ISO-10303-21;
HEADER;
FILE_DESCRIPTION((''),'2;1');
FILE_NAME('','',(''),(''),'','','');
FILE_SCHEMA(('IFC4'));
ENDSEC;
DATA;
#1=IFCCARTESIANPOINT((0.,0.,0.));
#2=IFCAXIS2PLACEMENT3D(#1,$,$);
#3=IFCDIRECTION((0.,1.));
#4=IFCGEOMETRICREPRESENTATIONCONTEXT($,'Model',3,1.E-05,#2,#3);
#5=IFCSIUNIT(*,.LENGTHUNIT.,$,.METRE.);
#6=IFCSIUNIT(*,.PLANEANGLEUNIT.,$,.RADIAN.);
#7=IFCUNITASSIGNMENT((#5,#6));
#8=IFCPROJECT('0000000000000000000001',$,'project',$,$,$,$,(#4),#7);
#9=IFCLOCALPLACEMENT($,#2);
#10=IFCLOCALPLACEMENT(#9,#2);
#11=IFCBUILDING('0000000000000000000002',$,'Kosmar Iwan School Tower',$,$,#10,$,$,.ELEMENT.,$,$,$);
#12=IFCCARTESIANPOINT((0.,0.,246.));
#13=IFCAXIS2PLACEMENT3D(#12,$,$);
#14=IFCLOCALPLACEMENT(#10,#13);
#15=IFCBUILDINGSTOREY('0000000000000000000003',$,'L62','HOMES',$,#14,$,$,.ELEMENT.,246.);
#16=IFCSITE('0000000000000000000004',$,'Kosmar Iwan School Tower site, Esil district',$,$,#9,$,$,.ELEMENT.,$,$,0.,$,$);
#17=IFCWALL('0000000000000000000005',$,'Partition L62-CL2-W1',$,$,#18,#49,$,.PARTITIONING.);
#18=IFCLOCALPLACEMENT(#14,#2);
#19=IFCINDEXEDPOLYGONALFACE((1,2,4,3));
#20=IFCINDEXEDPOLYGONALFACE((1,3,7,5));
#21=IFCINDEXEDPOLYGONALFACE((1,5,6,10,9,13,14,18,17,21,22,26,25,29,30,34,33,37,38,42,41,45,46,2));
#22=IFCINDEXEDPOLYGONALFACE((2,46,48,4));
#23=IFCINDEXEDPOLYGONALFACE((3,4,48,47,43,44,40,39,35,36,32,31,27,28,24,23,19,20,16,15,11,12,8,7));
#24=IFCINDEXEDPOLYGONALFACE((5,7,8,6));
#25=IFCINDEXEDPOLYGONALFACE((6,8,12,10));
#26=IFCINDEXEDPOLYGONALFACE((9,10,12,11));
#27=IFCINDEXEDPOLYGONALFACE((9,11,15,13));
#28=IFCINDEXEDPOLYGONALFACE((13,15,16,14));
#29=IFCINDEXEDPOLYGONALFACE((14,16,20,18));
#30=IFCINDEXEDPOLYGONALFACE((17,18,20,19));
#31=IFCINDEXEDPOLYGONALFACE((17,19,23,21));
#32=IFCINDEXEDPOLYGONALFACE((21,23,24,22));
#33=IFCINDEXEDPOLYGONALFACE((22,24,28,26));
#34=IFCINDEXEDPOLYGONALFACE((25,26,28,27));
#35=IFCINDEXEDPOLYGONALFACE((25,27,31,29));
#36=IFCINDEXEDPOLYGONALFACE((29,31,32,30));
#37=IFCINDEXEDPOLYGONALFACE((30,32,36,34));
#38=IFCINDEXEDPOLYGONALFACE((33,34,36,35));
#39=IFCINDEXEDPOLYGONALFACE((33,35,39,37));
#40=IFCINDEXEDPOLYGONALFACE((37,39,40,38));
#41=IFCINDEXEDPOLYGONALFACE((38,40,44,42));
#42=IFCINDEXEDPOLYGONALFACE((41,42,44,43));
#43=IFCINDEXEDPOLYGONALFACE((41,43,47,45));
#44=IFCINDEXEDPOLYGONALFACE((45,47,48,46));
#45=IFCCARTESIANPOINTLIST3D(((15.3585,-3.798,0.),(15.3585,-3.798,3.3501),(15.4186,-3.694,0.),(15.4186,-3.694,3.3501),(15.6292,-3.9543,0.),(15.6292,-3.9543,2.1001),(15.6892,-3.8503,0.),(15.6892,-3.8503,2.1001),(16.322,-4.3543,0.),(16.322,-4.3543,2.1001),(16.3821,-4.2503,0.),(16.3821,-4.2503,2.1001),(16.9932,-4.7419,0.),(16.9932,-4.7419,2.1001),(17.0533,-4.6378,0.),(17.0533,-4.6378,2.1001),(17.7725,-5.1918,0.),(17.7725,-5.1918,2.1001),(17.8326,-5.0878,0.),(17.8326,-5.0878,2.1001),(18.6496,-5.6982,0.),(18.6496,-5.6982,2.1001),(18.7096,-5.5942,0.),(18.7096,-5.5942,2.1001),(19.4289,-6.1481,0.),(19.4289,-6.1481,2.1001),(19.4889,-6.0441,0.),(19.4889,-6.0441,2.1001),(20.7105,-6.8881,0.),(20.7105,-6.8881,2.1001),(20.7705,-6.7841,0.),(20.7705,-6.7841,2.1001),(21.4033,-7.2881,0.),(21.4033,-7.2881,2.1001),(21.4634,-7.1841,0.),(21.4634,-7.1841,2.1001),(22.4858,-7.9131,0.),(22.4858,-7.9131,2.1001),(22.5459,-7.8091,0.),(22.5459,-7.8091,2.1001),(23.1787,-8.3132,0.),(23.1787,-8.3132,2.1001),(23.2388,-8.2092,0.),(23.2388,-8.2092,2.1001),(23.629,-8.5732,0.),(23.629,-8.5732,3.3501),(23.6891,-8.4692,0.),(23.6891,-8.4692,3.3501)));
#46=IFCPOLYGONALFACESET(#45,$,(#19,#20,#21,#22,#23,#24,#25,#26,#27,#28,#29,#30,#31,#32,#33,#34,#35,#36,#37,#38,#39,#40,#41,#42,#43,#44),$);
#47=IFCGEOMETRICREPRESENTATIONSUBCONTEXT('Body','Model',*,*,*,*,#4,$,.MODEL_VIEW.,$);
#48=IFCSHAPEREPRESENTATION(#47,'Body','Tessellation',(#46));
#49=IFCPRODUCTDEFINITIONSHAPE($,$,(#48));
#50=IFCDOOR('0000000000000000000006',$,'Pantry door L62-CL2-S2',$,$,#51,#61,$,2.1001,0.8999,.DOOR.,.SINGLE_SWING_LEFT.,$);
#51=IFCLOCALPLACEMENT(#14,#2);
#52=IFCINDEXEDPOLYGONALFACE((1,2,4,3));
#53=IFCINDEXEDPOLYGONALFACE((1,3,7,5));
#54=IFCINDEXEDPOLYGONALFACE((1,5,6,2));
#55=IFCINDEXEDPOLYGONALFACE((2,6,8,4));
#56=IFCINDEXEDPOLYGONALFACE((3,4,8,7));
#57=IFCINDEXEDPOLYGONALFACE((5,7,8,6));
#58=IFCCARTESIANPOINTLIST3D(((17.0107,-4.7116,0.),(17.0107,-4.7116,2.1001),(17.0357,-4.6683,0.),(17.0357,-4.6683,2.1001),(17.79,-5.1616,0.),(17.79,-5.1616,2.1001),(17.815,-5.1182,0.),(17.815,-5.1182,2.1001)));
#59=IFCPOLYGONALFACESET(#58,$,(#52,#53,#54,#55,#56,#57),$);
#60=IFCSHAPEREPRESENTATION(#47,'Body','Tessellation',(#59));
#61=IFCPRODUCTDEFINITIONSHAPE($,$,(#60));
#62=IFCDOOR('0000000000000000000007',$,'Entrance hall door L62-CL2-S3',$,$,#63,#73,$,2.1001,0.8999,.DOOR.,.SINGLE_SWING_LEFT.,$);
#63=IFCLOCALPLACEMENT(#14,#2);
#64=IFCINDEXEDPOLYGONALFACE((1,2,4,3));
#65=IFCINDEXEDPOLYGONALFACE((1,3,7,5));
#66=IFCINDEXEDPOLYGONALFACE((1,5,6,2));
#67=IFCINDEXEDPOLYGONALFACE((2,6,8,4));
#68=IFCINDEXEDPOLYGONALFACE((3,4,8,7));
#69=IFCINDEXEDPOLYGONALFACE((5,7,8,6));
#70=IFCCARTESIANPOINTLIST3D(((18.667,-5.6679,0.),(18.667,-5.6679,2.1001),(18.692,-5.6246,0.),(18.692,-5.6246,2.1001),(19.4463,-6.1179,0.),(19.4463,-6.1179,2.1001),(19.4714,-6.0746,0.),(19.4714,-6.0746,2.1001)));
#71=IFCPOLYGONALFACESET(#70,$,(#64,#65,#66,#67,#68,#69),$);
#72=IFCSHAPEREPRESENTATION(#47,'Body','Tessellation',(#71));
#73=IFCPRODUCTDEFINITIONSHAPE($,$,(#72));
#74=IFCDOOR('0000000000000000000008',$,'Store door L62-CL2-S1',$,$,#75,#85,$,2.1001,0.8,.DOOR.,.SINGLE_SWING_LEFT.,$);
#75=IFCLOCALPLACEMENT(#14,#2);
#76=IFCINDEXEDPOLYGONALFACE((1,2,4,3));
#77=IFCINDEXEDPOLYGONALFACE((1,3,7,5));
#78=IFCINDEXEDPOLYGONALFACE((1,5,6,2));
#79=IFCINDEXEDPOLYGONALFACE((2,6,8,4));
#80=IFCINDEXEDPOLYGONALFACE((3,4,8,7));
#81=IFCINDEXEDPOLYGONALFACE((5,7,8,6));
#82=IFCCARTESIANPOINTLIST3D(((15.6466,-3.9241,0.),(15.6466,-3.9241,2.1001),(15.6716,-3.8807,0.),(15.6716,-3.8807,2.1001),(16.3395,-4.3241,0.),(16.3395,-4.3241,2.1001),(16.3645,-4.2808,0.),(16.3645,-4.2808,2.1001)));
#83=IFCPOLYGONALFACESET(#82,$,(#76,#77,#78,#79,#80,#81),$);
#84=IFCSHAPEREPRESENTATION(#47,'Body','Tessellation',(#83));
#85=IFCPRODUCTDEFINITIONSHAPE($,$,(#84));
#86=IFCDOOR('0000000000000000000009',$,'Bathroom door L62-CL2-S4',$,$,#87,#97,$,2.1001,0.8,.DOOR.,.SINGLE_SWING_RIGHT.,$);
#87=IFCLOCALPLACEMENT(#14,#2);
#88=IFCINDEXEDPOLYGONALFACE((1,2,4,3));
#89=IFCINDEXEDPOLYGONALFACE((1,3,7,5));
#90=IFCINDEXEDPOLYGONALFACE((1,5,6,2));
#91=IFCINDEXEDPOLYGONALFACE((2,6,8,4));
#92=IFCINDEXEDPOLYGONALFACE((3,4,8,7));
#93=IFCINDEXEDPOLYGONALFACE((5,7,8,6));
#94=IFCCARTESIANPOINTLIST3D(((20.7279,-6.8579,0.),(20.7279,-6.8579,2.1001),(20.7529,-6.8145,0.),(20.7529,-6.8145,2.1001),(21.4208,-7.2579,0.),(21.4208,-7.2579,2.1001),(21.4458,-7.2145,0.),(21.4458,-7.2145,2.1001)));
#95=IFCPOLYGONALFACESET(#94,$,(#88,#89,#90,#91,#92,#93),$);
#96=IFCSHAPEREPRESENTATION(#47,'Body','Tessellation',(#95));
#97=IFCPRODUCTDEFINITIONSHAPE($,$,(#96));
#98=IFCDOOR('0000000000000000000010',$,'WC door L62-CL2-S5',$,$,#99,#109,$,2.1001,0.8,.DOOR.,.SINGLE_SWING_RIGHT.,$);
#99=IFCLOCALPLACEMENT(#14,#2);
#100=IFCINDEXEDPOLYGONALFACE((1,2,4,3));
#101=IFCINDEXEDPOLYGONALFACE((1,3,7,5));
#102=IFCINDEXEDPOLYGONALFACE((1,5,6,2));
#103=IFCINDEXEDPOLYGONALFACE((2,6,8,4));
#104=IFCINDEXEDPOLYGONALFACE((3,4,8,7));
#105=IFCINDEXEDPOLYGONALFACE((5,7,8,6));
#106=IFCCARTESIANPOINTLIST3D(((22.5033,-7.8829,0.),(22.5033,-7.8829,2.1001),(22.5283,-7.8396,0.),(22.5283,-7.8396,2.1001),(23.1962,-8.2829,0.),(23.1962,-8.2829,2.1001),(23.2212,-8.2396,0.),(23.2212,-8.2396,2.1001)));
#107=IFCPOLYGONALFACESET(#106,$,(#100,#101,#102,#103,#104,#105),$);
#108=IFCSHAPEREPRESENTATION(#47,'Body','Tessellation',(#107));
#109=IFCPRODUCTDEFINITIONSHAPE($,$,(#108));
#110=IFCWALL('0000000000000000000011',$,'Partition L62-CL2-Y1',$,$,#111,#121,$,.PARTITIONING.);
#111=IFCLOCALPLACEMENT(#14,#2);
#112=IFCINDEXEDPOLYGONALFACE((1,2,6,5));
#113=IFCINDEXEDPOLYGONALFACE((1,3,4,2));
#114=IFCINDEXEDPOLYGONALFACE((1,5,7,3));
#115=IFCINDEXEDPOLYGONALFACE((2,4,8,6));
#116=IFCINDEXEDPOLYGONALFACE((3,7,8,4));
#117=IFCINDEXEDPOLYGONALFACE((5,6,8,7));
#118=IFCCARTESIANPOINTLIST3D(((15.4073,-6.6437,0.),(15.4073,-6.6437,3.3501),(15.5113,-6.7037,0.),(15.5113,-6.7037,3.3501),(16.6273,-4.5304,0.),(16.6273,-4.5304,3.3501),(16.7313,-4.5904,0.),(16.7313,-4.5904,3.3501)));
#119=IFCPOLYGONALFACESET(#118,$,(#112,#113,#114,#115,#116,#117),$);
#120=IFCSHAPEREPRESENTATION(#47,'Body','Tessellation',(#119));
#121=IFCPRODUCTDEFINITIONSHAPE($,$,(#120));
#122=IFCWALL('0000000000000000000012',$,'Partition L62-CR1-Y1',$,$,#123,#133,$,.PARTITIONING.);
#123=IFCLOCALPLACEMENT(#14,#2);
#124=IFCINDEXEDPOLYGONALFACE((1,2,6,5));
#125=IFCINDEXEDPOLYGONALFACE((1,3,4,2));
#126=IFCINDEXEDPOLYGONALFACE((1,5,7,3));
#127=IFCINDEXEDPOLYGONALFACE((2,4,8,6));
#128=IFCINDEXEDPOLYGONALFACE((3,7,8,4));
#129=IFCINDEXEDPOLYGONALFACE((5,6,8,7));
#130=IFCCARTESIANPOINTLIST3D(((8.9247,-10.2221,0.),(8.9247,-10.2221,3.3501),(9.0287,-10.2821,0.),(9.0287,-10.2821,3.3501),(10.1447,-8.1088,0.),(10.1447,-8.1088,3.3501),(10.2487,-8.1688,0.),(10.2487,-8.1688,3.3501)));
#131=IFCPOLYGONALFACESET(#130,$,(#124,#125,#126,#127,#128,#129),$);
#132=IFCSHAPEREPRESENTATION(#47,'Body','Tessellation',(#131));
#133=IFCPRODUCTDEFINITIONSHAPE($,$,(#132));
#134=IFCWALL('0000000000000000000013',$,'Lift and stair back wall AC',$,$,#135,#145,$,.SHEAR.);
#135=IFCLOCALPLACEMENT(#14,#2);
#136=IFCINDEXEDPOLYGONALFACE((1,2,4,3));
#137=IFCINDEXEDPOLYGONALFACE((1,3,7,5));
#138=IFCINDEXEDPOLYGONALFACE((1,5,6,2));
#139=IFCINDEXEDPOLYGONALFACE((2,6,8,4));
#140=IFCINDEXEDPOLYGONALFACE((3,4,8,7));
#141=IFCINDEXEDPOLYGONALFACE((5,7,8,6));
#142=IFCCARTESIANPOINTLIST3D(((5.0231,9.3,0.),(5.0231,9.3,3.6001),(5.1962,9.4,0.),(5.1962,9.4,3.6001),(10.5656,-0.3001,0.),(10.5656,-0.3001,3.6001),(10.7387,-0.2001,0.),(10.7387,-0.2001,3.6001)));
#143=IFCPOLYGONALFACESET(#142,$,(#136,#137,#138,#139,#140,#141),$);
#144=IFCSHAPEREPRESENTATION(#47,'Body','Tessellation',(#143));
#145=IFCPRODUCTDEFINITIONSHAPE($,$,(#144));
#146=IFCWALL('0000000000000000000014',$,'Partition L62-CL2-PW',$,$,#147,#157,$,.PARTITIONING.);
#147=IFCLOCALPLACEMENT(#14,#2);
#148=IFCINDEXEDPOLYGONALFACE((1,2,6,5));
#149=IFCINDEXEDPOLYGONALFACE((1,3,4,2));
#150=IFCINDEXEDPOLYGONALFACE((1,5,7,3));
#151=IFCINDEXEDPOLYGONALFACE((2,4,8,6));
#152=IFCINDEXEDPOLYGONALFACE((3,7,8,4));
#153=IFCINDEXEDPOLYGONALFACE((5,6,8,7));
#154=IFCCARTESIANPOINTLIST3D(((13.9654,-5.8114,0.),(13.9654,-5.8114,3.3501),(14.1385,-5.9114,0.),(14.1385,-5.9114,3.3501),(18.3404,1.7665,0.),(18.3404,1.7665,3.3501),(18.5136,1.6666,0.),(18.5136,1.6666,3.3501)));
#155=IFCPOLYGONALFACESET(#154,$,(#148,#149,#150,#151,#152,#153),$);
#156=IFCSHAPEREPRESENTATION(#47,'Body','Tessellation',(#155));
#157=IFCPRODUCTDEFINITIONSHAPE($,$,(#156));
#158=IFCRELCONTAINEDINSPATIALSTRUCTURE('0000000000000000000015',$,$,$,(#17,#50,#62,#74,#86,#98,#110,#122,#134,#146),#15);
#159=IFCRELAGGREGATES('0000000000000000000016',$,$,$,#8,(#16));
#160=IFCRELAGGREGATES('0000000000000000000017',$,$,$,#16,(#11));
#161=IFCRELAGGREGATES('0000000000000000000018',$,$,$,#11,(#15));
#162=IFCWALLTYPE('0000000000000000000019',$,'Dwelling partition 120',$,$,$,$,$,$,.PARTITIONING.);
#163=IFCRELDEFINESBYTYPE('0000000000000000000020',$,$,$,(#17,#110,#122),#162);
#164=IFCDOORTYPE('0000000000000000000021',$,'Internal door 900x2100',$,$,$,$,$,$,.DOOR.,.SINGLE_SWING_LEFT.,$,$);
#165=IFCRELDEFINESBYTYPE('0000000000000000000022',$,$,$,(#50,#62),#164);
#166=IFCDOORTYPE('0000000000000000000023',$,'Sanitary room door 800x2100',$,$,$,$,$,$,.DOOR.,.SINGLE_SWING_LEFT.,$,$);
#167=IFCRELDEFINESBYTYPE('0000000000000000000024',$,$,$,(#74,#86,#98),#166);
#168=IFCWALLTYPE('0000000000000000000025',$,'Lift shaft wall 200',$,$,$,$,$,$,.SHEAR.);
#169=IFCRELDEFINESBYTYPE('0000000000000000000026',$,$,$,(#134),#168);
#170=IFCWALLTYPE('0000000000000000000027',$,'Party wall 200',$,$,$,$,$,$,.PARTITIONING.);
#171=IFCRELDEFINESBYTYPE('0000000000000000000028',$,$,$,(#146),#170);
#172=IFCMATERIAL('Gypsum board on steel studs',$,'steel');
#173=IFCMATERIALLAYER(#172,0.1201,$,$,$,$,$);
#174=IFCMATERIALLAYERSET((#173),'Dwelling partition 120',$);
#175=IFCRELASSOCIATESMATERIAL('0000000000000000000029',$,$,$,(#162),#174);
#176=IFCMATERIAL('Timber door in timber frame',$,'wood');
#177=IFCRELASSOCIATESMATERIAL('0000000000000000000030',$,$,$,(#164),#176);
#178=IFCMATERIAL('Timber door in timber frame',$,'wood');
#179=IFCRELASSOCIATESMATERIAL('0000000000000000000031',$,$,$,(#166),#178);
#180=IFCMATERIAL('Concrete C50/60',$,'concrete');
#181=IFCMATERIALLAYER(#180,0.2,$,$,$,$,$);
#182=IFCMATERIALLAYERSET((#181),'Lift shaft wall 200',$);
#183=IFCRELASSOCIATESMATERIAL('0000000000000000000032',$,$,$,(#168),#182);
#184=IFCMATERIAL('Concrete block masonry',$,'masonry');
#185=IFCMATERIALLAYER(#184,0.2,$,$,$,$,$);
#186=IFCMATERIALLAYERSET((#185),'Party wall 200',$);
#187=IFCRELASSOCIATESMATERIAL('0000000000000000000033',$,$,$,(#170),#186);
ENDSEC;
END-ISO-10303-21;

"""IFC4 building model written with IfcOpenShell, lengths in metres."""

from ifc_helpers import new_model, si_unit, direction, frame, frame_2d, origin, place, context, subcontext, project, spatial, rectangle, extrude, material, layer, layer_set, type_object, element, fill, save


model = new_model("IFC4")

# Units and contexts
model_context = context("Model", 3, precision=1e-05, world=origin(), true_north=direction((0.0, 1.0)))
body_context = subcontext(model_context, "Body", "Model", "MODEL_VIEW")
ifc_project = project(units=[si_unit("LENGTHUNIT", "METRE"), si_unit("PLANEANGLEUNIT", "RADIAN")], contexts=[model_context])

# Site, building, storey
site_placement = place(None, origin())
site = spatial("IfcSite", under=ifc_project, at=site_placement, Name="Kosmar Iwan School Tower site, Esil district", CompositionType="ELEMENT", RefElevation=0.0)
building_placement = place(site_placement, origin())
building = spatial("IfcBuilding", under=site, at=building_placement, Name="Kosmar Iwan School Tower", CompositionType="ELEMENT")
storey_placement = place(building_placement, frame((0.0, 0.0, 246.0)))
storey = spatial("IfcBuildingStorey", under=building, at=storey_placement, Name="L62", Description="HOMES", CompositionType="ELEMENT", Elevation=246.0)

# Shared definitions
ifc_material_1 = material(Name="Gypsum board on steel studs", Category="steel")
ifc_layer_1 = layer(ifc_material_1, 0.1201)
ifc_layer_set_1 = layer_set([ifc_layer_1], Name="Dwelling partition 120")
wall_type_1 = type_object("IfcWallType", Name="Dwelling partition 120", PredefinedType="PARTITIONING", material=ifc_layer_set_1)
ifc_material_2 = material(Name="Timber door in timber frame", Category="wood")
door_type_1 = type_object("IfcDoorType", Name="Internal door 900x2100", OperationType="SINGLE_SWING_LEFT", PredefinedType="DOOR", material=ifc_material_2)
ifc_material_3 = material(Name="Timber door in timber frame", Category="wood")
door_type_2 = type_object("IfcDoorType", Name="Sanitary room door 800x2100", OperationType="SINGLE_SWING_LEFT", PredefinedType="DOOR", material=ifc_material_3)

# Wall, openings, doors
wall_1_placement = place(storey_placement, frame((15.3887, -3.7461, 0.0), z_axis=(0.0, 0.0, 1.0), x_axis=(0.866018, -0.500013, 0.0)))
wall_1 = element("IfcWall", 1, at=wall_1_placement, inside=storey, type_object=wall_type_1, Name="Partition L62-CL2-W1", PredefinedType="PARTITIONING", context=body_context, shape_type="SweptSolid", body=[
    extrude(rectangle(XDim=9.55, YDim=0.1201, at=frame_2d((4.7749, 0.0))), origin(), (0.0, 0.0, 1.0), 3.3501),
])
opening_1_placement = place(wall_1_placement, frame((0.3125, 0.0, 0.0)))
opening_1 = element("IfcOpeningElement", 2, at=opening_1_placement, cuts=wall_1, PredefinedType="OPENING", context=body_context, shape_type="SweptSolid", body=[
    extrude(rectangle(XDim=0.8, YDim=2.1001, at=frame_2d((0.3999, 1.05))), frame((0.0, 0.072, 0.0), z_axis=(0.0, -1.0, 0.0), x_axis=(1.0, 0.0, 0.0)), (0.0, 0.0, 1.0), 0.144),
])
opening_2_placement = place(wall_1_placement, frame((1.8875, 0.0, 0.0)))
opening_2 = element("IfcOpeningElement", 3, at=opening_2_placement, cuts=wall_1, PredefinedType="OPENING", context=body_context, shape_type="SweptSolid", body=[
    extrude(rectangle(XDim=0.8999, YDim=2.1001, at=frame_2d((0.45, 1.05))), frame((0.0, 0.072, 0.0), z_axis=(0.0, -1.0, 0.0), x_axis=(1.0, 0.0, 0.0)), (0.0, 0.0, 1.0), 0.144),
])
opening_3_placement = place(wall_1_placement, frame((3.8, 0.0, 0.0)))
opening_3 = element("IfcOpeningElement", 4, at=opening_3_placement, cuts=wall_1, PredefinedType="OPENING", context=body_context, shape_type="SweptSolid", body=[
    extrude(rectangle(XDim=0.8999, YDim=2.1001, at=frame_2d((0.45, 1.05))), frame((0.0, 0.072, 0.0), z_axis=(0.0, -1.0, 0.0), x_axis=(1.0, 0.0, 0.0)), (0.0, 0.0, 1.0), 0.144),
])
opening_4_placement = place(wall_1_placement, frame((6.1799, 0.0, 0.0)))
opening_4 = element("IfcOpeningElement", 5, at=opening_4_placement, cuts=wall_1, PredefinedType="OPENING", context=body_context, shape_type="SweptSolid", body=[
    extrude(rectangle(XDim=0.8, YDim=2.1001, at=frame_2d((0.3999, 1.05))), frame((0.0, 0.072, 0.0), z_axis=(0.0, -1.0, 0.0), x_axis=(1.0, 0.0, 0.0)), (0.0, 0.0, 1.0), 0.144),
])
opening_5_placement = place(wall_1_placement, frame((8.23, 0.0, 0.0)))
opening_5 = element("IfcOpeningElement", 6, at=opening_5_placement, cuts=wall_1, PredefinedType="OPENING", context=body_context, shape_type="SweptSolid", body=[
    extrude(rectangle(XDim=0.8, YDim=2.1001, at=frame_2d((0.3999, 1.05))), frame((0.0, 0.072, 0.0), z_axis=(0.0, -1.0, 0.0), x_axis=(1.0, 0.0, 0.0)), (0.0, 0.0, 1.0), 0.144),
])
door_1_placement = place(opening_2_placement, origin())
door_1 = element("IfcDoor", 7, at=door_1_placement, inside=storey, type_object=door_type_1, Name="Pantry door L62-CL2-S2", OperationType="SINGLE_SWING_LEFT", OverallHeight=2.1001, OverallWidth=0.8999, PredefinedType="DOOR", context=body_context, shape_type="SweptSolid", body=[
    extrude(rectangle(XDim=0.8999, YDim=2.1001, at=frame_2d((0.45, 1.05))), frame((0.0, 0.0249, 0.0), z_axis=(0.0, -1.0, 0.0), x_axis=(1.0, 0.0, 0.0)), (0.0, 0.0, 1.0), 0.05),
])
fill(opening_2, door_1)
door_2_placement = place(opening_3_placement, origin())
door_2 = element("IfcDoor", 8, at=door_2_placement, inside=storey, type_object=door_type_1, Name="Entrance hall door L62-CL2-S3", OperationType="SINGLE_SWING_LEFT", OverallHeight=2.1001, OverallWidth=0.8999, PredefinedType="DOOR", context=body_context, shape_type="SweptSolid", body=[
    extrude(rectangle(XDim=0.8999, YDim=2.1001, at=frame_2d((0.45, 1.05))), frame((0.0, 0.0249, 0.0), z_axis=(0.0, -1.0, 0.0), x_axis=(1.0, 0.0, 0.0)), (0.0, 0.0, 1.0), 0.05),
])
fill(opening_3, door_2)
door_3_placement = place(opening_1_placement, origin())
door_3 = element("IfcDoor", 9, at=door_3_placement, inside=storey, type_object=door_type_2, Name="Store door L62-CL2-S1", OperationType="SINGLE_SWING_LEFT", OverallHeight=2.1001, OverallWidth=0.8, PredefinedType="DOOR", context=body_context, shape_type="SweptSolid", body=[
    extrude(rectangle(XDim=0.8, YDim=2.1001, at=frame_2d((0.3999, 1.05))), frame((0.0, 0.0249, 0.0), z_axis=(0.0, -1.0, 0.0), x_axis=(1.0, 0.0, 0.0)), (0.0, 0.0, 1.0), 0.05),
])
fill(opening_1, door_3)
door_4_placement = place(opening_4_placement, origin())
door_4 = element("IfcDoor", 10, at=door_4_placement, inside=storey, type_object=door_type_2, Name="Bathroom door L62-CL2-S4", OperationType="SINGLE_SWING_RIGHT", OverallHeight=2.1001, OverallWidth=0.8, PredefinedType="DOOR", context=body_context, shape_type="SweptSolid", body=[
    extrude(rectangle(XDim=0.8, YDim=2.1001, at=frame_2d((0.3999, 1.05))), frame((0.0, 0.0249, 0.0), z_axis=(0.0, -1.0, 0.0), x_axis=(1.0, 0.0, 0.0)), (0.0, 0.0, 1.0), 0.05),
])
fill(opening_4, door_4)
door_5_placement = place(opening_5_placement, origin())
door_5 = element("IfcDoor", 11, at=door_5_placement, inside=storey, type_object=door_type_2, Name="WC door L62-CL2-S5", OperationType="SINGLE_SWING_RIGHT", OverallHeight=2.1001, OverallWidth=0.8, PredefinedType="DOOR", context=body_context, shape_type="SweptSolid", body=[
    extrude(rectangle(XDim=0.8, YDim=2.1001, at=frame_2d((0.3999, 1.05))), frame((0.0, 0.0249, 0.0), z_axis=(0.0, -1.0, 0.0), x_axis=(1.0, 0.0, 0.0)), (0.0, 0.0, 1.0), 0.05),
])
fill(opening_5, door_5)

# Walls
for number, where, z_axis, x_axis, name in (
    (12, (15.4592, -6.6738, 0.0), (0.0, 0.0, 1.0), (0.499959, 0.866049, 0.0), "Partition L62-CL2-Y1"),
    (13, (10.1968, -8.1387, 0.0), (0.0, 0.0, 1.0), (-0.499959, -0.866049, 0.0), "Partition L62-CR1-Y1"),
):
    element("IfcWall", number, at=place(storey_placement, frame(where, z_axis=z_axis, x_axis=x_axis)), inside=storey, type_object=wall_type_1, Name=name, PredefinedType="PARTITIONING", context=body_context, shape_type="SweptSolid", body=[
        extrude(rectangle(XDim=2.4402, YDim=0.1201, at=frame_2d((1.2202, 0.0))), origin(), (0.0, 0.0, 1.0), 3.3501),
    ])
ifc_material_4 = material(Name="Concrete C50/60", Category="concrete")
ifc_layer_2 = layer(ifc_material_4, 0.2)
ifc_layer_set_2 = layer_set([ifc_layer_2], Name="Lift shaft wall 200")
wall_type_2 = type_object("IfcWallType", Name="Lift shaft wall 200", PredefinedType="SHEAR", material=ifc_layer_set_2)
wall_2_placement = place(storey_placement, frame((10.6521, -0.25, 0.0), z_axis=(0.0, 0.0, 1.0), x_axis=(-0.499991, 0.866031, 0.0)))
element("IfcWall", 14, at=wall_2_placement, inside=storey, type_object=wall_type_2, Name="Lift and stair back wall AC", PredefinedType="SHEAR", context=body_context, shape_type="SweptSolid", body=[
    extrude(rectangle(XDim=11.0852, YDim=0.2, at=frame_2d((5.5425, 0.0))), origin(), (0.0, 0.0, 1.0), 3.6001),
])
ifc_material_5 = material(Name="Concrete block masonry", Category="masonry")
ifc_layer_3 = layer(ifc_material_5, 0.2)
ifc_layer_set_3 = layer_set([ifc_layer_3], Name="Party wall 200")
wall_type_3 = type_object("IfcWallType", Name="Party wall 200", PredefinedType="PARTITIONING", material=ifc_layer_set_3)
wall_3_placement = place(storey_placement, frame((14.052, -5.8613, 0.0), z_axis=(0.0, 0.0, 1.0), x_axis=(0.499992, 0.86603, 0.0)))
element("IfcWall", 15, at=wall_3_placement, inside=storey, type_object=wall_type_3, Name="Partition L62-CL2-PW", PredefinedType="PARTITIONING", context=body_context, shape_type="SweptSolid", body=[
    extrude(rectangle(XDim=8.7502, YDim=0.2, at=frame_2d((4.375, 0.0))), origin(), (0.0, 0.0, 1.0), 3.3501),
])

save(model, "model.ifc")
